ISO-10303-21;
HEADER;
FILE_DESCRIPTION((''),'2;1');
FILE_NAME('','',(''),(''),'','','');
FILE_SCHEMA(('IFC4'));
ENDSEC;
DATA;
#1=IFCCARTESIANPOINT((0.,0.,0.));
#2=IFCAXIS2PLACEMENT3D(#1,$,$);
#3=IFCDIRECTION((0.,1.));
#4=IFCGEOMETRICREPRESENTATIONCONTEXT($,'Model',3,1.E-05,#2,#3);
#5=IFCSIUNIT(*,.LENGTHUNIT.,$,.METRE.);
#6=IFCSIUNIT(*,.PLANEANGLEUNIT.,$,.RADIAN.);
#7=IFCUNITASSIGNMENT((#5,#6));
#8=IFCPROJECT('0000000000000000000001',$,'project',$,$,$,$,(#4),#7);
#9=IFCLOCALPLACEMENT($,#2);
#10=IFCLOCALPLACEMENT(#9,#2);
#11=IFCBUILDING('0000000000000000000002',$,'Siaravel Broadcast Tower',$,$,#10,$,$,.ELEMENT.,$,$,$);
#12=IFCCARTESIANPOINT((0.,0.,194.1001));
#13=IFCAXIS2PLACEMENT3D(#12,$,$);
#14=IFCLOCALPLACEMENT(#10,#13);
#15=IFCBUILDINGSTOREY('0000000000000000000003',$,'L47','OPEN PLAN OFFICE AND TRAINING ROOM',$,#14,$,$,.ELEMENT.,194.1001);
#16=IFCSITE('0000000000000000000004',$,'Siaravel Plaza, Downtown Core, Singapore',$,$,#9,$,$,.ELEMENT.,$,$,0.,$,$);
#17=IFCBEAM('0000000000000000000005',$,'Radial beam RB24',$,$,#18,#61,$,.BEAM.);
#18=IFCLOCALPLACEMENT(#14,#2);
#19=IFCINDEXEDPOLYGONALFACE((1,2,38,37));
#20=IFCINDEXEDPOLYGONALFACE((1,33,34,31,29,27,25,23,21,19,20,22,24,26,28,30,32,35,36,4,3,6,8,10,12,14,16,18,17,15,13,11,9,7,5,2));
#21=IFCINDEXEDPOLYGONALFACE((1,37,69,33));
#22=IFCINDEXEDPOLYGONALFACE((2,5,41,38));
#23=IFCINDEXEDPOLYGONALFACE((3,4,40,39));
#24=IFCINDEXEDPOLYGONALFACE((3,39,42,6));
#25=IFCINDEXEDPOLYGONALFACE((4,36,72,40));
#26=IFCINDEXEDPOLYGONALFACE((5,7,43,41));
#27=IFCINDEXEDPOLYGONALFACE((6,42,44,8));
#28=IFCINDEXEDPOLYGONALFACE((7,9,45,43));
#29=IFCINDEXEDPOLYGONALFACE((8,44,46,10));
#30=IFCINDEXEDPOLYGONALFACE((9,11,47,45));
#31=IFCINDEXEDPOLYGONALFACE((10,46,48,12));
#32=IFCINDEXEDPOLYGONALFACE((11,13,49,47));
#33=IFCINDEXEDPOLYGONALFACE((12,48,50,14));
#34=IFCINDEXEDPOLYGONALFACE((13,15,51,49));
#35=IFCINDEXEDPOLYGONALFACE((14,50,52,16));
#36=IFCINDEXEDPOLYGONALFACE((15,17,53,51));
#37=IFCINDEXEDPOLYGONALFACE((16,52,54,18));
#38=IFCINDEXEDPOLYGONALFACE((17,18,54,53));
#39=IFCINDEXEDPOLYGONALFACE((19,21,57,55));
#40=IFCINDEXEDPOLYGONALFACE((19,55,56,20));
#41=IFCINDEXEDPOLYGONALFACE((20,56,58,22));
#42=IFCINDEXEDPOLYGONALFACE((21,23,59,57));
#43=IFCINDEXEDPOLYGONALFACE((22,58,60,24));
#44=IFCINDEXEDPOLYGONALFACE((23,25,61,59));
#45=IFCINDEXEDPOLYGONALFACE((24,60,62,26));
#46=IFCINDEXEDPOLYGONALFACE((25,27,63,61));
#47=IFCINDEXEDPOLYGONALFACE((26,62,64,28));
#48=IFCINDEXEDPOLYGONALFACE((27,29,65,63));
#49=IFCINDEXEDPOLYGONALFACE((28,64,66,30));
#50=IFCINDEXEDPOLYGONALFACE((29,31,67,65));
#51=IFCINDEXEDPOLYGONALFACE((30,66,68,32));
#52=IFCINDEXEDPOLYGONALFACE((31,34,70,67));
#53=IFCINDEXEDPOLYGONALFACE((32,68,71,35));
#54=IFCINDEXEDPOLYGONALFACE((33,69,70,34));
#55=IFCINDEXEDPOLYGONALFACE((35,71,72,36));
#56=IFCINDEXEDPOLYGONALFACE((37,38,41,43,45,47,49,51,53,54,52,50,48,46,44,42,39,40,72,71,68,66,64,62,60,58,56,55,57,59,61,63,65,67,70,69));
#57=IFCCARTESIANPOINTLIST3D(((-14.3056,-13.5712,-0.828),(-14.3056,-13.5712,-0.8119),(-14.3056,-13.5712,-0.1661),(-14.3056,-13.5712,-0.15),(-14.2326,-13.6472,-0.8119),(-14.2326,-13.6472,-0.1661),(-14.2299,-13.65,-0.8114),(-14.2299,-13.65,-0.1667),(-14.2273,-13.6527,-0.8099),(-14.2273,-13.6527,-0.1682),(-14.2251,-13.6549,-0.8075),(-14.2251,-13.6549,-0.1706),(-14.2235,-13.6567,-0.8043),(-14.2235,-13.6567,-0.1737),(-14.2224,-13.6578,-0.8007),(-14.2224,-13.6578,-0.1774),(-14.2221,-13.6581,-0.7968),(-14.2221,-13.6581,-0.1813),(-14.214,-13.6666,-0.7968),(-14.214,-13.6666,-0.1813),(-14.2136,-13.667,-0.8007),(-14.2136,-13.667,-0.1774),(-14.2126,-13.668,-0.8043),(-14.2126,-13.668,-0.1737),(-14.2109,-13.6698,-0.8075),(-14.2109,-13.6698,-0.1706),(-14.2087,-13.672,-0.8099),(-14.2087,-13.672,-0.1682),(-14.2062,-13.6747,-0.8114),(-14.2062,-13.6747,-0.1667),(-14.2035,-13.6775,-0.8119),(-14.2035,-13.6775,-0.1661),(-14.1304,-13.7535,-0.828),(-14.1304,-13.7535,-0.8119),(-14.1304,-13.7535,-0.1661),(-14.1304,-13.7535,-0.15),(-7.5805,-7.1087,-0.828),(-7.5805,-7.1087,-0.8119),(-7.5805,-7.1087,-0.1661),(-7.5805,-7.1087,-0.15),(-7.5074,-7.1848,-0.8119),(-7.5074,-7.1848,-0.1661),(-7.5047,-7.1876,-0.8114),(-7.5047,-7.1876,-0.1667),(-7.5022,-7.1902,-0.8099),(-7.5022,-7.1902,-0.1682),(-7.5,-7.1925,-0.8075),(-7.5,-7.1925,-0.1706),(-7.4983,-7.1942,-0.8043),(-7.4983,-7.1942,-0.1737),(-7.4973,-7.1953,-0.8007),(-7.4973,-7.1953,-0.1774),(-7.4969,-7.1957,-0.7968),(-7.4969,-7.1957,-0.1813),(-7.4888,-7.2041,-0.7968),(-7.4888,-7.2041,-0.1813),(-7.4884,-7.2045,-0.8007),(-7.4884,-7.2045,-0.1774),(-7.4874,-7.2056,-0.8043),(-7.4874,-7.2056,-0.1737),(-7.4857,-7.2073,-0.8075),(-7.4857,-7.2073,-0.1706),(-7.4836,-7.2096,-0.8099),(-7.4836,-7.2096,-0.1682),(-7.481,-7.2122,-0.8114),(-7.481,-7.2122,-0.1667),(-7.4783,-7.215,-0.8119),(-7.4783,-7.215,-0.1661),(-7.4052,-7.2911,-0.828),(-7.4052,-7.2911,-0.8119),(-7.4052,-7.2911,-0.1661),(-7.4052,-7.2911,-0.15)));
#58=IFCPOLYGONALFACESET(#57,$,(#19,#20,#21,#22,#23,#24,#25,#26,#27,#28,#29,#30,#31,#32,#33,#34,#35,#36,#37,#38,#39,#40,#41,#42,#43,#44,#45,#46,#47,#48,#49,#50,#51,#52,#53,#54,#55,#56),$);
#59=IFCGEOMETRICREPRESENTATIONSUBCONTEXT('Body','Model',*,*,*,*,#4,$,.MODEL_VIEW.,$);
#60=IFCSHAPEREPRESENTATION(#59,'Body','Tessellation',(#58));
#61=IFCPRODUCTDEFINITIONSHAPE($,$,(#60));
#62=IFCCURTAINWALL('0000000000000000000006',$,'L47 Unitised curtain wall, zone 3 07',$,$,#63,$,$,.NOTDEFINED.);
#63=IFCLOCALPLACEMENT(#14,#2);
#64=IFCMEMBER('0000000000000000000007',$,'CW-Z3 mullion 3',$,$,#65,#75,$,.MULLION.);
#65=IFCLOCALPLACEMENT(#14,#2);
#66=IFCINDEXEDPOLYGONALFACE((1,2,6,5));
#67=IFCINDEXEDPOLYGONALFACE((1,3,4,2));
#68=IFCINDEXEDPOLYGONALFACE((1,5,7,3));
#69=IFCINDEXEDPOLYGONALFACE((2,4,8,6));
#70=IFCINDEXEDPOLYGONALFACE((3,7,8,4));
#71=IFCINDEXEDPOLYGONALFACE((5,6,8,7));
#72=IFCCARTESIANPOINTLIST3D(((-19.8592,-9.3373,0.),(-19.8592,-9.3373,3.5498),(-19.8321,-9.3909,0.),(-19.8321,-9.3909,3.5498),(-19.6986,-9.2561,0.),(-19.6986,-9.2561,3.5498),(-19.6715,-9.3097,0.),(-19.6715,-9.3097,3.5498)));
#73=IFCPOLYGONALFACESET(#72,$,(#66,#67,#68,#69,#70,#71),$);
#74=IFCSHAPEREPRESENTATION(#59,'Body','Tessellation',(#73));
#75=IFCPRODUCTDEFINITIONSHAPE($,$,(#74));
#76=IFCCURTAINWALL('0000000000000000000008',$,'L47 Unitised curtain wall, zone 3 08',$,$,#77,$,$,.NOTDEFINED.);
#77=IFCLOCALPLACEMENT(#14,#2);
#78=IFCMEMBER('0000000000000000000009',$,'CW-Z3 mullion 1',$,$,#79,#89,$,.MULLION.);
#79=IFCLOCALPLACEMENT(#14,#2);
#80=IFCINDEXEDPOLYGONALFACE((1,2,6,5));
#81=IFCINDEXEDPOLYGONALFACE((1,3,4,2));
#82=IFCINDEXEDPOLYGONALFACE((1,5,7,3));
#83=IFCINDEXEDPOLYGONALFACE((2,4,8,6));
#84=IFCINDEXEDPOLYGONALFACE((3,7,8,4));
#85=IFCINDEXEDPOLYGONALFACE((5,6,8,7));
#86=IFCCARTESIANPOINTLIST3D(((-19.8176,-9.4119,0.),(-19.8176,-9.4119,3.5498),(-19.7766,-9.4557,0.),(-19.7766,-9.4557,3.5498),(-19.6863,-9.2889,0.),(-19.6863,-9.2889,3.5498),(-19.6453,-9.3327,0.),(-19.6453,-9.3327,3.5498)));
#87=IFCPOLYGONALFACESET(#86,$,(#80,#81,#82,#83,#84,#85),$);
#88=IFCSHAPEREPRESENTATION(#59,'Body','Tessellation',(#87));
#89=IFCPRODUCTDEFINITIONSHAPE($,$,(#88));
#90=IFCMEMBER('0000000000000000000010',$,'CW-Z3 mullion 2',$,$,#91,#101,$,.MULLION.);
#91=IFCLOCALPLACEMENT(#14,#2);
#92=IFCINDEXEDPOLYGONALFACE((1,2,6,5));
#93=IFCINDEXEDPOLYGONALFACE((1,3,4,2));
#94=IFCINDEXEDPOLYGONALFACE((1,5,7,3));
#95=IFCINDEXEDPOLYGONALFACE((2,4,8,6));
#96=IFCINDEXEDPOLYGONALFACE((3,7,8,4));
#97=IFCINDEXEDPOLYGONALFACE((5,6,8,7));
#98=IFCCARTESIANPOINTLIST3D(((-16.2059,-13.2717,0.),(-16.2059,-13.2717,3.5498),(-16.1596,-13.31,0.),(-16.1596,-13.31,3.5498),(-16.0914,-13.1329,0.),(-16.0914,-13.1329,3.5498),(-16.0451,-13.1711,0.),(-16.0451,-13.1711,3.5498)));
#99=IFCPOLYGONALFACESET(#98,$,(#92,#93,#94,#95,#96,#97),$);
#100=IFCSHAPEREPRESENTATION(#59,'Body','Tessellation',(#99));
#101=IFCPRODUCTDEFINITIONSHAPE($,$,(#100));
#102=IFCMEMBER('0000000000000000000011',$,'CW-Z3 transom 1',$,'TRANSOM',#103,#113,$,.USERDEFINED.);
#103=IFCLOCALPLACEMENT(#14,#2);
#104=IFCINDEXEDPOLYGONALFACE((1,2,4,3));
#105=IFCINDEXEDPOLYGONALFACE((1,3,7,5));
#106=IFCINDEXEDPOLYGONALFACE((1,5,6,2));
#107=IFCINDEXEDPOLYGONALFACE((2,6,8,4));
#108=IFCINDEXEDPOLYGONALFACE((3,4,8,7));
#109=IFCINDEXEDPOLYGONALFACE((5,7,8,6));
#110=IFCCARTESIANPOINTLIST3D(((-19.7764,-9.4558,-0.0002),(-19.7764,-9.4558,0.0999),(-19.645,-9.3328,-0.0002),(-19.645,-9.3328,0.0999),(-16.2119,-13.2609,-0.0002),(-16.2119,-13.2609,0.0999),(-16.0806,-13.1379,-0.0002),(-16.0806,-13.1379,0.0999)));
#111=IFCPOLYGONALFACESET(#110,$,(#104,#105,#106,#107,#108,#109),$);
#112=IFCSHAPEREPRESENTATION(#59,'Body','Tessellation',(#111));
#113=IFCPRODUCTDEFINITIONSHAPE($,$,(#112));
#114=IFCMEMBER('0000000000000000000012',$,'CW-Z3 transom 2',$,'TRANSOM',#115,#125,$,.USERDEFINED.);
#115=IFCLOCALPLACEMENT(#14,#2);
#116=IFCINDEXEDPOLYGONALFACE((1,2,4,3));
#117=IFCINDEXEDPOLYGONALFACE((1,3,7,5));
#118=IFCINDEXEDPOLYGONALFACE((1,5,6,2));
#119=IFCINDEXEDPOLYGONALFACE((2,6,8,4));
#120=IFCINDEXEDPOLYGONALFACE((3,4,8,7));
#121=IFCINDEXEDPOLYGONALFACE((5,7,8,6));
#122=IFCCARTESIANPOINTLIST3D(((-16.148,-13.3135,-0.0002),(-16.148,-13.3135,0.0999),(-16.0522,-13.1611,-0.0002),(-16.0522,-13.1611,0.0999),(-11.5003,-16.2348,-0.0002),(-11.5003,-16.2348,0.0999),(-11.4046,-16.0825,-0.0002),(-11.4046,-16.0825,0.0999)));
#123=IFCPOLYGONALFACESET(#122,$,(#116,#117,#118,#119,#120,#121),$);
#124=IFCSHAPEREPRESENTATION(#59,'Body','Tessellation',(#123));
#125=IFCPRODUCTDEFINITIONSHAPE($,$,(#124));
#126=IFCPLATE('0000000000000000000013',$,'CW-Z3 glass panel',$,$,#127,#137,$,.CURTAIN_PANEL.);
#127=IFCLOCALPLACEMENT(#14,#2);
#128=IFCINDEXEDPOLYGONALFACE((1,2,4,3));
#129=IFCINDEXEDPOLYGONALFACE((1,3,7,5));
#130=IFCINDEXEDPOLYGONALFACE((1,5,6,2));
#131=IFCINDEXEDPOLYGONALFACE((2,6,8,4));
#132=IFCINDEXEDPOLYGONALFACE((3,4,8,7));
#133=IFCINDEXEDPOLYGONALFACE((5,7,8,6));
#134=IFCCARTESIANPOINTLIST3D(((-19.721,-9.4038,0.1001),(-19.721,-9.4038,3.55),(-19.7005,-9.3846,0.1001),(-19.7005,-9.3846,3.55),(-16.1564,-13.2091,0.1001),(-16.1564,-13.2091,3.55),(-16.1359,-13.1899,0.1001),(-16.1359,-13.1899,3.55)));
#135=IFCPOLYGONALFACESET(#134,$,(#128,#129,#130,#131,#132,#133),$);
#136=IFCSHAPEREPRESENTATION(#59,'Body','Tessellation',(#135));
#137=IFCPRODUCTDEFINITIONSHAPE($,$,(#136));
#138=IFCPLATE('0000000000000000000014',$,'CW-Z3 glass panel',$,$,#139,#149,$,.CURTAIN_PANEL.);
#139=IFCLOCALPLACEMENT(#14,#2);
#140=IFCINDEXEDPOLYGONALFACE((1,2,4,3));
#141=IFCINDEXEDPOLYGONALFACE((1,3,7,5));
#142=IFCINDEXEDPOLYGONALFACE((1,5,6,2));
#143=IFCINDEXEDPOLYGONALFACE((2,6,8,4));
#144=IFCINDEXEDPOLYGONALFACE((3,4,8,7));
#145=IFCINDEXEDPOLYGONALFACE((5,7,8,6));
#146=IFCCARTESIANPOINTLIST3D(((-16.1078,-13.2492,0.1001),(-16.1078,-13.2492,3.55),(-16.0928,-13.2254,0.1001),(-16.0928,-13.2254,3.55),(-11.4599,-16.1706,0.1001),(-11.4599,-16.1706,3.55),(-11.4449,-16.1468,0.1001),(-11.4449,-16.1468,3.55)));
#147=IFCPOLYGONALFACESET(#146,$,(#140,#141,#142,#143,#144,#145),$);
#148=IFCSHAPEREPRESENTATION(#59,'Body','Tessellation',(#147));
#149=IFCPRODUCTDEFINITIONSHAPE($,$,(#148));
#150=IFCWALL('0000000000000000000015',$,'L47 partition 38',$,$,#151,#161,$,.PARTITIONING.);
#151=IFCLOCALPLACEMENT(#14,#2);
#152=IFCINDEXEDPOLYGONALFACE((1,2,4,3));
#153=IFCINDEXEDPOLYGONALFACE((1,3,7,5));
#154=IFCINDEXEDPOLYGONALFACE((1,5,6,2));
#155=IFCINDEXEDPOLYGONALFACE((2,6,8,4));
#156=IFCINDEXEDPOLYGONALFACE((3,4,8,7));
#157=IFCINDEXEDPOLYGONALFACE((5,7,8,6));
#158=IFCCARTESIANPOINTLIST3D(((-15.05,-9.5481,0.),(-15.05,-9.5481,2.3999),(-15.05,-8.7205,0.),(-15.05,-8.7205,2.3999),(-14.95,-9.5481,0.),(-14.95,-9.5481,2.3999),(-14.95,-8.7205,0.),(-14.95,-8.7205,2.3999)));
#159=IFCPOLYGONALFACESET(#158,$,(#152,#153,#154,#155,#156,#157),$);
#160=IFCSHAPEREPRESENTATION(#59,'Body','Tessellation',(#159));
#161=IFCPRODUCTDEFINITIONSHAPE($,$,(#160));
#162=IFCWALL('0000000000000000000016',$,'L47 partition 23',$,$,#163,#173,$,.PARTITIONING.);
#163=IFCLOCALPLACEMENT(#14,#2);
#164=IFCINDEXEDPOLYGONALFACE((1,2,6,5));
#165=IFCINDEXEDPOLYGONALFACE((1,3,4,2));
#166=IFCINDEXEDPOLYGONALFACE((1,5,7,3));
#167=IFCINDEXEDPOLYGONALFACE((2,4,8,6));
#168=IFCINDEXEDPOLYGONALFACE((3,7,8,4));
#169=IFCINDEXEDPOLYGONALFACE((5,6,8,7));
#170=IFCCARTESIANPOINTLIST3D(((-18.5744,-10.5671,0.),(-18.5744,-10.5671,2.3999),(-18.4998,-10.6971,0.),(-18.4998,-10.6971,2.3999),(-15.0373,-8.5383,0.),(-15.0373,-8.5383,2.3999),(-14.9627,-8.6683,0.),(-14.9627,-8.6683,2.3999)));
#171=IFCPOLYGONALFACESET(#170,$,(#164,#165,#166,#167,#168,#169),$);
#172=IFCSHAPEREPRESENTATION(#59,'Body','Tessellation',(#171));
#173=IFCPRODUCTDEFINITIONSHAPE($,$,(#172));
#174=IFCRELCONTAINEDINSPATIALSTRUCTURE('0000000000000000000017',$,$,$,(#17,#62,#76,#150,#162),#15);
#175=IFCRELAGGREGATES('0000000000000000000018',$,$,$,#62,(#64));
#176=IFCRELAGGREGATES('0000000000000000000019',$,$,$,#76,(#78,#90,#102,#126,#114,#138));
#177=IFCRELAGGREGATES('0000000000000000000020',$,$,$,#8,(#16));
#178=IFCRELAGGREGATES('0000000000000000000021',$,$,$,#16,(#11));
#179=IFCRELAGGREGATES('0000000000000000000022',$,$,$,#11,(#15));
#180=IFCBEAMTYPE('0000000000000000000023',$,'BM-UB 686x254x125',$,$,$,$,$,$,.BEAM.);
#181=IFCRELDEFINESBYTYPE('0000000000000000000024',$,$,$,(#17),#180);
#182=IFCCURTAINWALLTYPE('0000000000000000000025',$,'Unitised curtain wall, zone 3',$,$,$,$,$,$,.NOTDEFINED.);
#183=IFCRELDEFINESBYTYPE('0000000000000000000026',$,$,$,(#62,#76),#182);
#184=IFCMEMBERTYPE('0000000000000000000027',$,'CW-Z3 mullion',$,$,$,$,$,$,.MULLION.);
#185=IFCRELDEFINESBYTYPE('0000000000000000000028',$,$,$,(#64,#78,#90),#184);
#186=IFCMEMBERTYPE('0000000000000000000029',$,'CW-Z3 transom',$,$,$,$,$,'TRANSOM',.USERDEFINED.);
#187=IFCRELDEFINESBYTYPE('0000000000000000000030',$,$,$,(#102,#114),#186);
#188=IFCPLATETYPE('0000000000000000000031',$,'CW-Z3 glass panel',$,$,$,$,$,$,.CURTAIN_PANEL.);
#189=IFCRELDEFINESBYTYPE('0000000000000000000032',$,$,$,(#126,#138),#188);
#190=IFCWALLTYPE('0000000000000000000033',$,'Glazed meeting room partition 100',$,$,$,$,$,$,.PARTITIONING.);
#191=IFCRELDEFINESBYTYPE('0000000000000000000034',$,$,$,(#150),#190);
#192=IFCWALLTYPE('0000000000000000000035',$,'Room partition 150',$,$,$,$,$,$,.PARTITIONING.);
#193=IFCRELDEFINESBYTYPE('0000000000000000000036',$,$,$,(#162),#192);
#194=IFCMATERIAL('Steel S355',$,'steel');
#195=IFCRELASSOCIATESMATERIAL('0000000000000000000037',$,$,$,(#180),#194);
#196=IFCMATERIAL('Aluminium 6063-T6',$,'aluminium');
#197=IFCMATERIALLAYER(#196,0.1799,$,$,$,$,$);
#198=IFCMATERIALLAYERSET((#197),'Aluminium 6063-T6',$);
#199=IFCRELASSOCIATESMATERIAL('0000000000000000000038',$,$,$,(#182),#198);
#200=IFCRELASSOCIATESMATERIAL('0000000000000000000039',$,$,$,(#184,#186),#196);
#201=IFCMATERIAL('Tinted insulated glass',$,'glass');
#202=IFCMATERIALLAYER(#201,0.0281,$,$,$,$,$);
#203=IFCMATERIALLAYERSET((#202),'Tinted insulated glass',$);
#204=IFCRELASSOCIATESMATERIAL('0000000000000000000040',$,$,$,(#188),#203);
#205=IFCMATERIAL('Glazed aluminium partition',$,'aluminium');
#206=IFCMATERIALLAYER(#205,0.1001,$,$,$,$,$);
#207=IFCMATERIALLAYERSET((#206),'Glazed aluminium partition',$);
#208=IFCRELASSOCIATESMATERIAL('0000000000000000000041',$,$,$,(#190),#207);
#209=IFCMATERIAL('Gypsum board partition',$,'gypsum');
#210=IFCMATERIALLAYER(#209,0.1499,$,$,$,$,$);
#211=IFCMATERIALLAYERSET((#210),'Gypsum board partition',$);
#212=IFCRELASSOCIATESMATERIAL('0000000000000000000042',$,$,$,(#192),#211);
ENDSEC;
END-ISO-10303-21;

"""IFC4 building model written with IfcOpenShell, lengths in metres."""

from ifc_helpers import new_model, si_unit, direction, frame, frame_2d, origin, origin_2d, place, context, subcontext, project, spatial, rectangle, i_section, extrude, material, layer, layer_set, material_profile, profile_set, type_object, element, aggregate, save


model = new_model("IFC4")

# Units and contexts
model_context = context("Model", 3, precision=1e-05, world=origin(), true_north=direction((0.0, 1.0)))
body_context = subcontext(model_context, "Body", "Model", "MODEL_VIEW")
ifc_project = project(units=[si_unit("LENGTHUNIT", "METRE"), si_unit("PLANEANGLEUNIT", "RADIAN")], contexts=[model_context])

# Site, building, storey
site_placement = place(None, origin())
site = spatial("IfcSite", under=ifc_project, at=site_placement, Name="Siaravel Plaza, Downtown Core, Singapore", CompositionType="ELEMENT", RefElevation=0.0)
building_placement = place(site_placement, origin())
building = spatial("IfcBuilding", under=site, at=building_placement, Name="Siaravel Broadcast Tower", CompositionType="ELEMENT")
storey_placement = place(building_placement, frame((0.0, 0.0, 194.1001)))
storey = spatial("IfcBuildingStorey", under=building, at=storey_placement, Name="L47", Description="OPEN PLAN OFFICE AND TRAINING ROOM", CompositionType="ELEMENT", Elevation=194.1001)

# Beam
ifc_material_1 = material(Name="Steel S355", Category="steel")
ifc_material_profile_1 = material_profile(ifc_material_1, i_section(OverallWidth=0.2529, OverallDepth=0.678, WebThickness=0.0117, FlangeThickness=0.0161, FilletRadius=0.0151, at=origin_2d()))
ifc_profile_set_1 = profile_set([ifc_material_profile_1], Name="Steel S355")
beam_type = type_object("IfcBeamType", Name="BM-UB 686x254x125", PredefinedType="BEAM", material=ifc_profile_set_1)
beam_1_placement = place(storey_placement, frame((-14.218, -13.6624, -0.489), z_axis=(0.721049, 0.692884, 0.0), x_axis=(-0.692884, 0.721049, 0.0)))
element("IfcBeam", 1, at=beam_1_placement, inside=storey, type_object=beam_type, Name="Radial beam RB24", PredefinedType="BEAM", context=body_context, shape_type="SweptSolid", body=[
    extrude(i_section(OverallWidth=0.2529, OverallDepth=0.678, WebThickness=0.0117, FlangeThickness=0.0161, FilletRadius=0.0151, at=origin_2d()), origin(), (0.0, 0.0, 1.0), 9.3269),
])

# Curtain wall, member
ifc_material_2 = material(Name="Aluminium 6063-T6", Category="aluminium")
ifc_layer_1 = layer(ifc_material_2, 0.1799)
ifc_layer_set_1 = layer_set([ifc_layer_1], Name="Aluminium 6063-T6")
curtain_wall_type = type_object("IfcCurtainWallType", Name="Unitised curtain wall, zone 3", PredefinedType="NOTDEFINED", material=ifc_layer_set_1)
curtain_wall_1_placement = place(storey_placement, origin())
curtain_wall_1 = element("IfcCurtainWall", 2, at=curtain_wall_1_placement, inside=storey, type_object=curtain_wall_type, Name="L47 Unitised curtain wall, zone 3 07", PredefinedType="NOTDEFINED")
ifc_material_profile_2 = material_profile(ifc_material_2, rectangle(XDim=0.1799, YDim=0.0601, at=origin_2d()))
ifc_profile_set_2 = profile_set([ifc_material_profile_2], Name="Aluminium 6063-T6")
member_type_1 = type_object("IfcMemberType", Name="CW-Z3 mullion", PredefinedType="MULLION", material=ifc_profile_set_2)
member_1_placement = place(storey_placement, frame((-19.7654, -9.3235, 0.0), z_axis=(0.0, 0.0, 1.0), x_axis=(0.892392, 0.451261, 0.0)))
member_1 = element("IfcMember", 3, at=member_1_placement, type_object=member_type_1, Name="CW-Z3 mullion 3", PredefinedType="MULLION", context=body_context, shape_type="SweptSolid", body=[
    extrude(rectangle(XDim=0.1799, YDim=0.0601, at=origin_2d()), origin(), (0.0, 0.0, 1.0), 3.5498),
])
aggregate(curtain_wall_1, [member_1])

# Curtain wall, members, plates
curtain_wall_2_placement = place(storey_placement, origin())
curtain_wall_2 = element("IfcCurtainWall", 4, at=curtain_wall_2_placement, inside=storey, type_object=curtain_wall_type, Name="L47 Unitised curtain wall, zone 3 08", PredefinedType="NOTDEFINED")
member_2_placement = place(storey_placement, frame((-19.7314, -9.3723, 0.0), z_axis=(0.0, 0.0, 1.0), x_axis=(0.729805, 0.683655, 0.0)))
member_2 = element("IfcMember", 5, at=member_2_placement, type_object=member_type_1, Name="CW-Z3 mullion 1", PredefinedType="MULLION", context=body_context, shape_type="SweptSolid", body=[
    extrude(rectangle(XDim=0.1799, YDim=0.0601, at=origin_2d()), origin(), (0.0, 0.0, 1.0), 3.5498),
])
member_3_placement = place(storey_placement, frame((-16.1255, -13.2214, 0.0), z_axis=(0.0, 0.0, 1.0), x_axis=(0.636219, 0.771509, 0.0)))
member_3 = element("IfcMember", 6, at=member_3_placement, type_object=member_type_1, Name="CW-Z3 mullion 2", PredefinedType="MULLION", context=body_context, shape_type="SweptSolid", body=[
    extrude(rectangle(XDim=0.1799, YDim=0.0601, at=origin_2d()), origin(), (0.0, 0.0, 1.0), 3.5498),
])
ifc_material_profile_3 = material_profile(ifc_material_2, rectangle(XDim=0.1799, YDim=0.1001, at=origin_2d()))
ifc_profile_set_3 = profile_set([ifc_material_profile_3], Name="Aluminium 6063-T6")
member_type_2 = type_object("IfcMemberType", Name="CW-Z3 transom", ElementType="TRANSOM", PredefinedType="USERDEFINED", material=ifc_profile_set_3)
member_4_placement = place(storey_placement, frame((-19.7107, -9.3943, 0.0498), z_axis=(0.683645, -0.729815, 0.0), x_axis=(0.729815, 0.683645, 0.0)))
member_4 = element("IfcMember", 7, at=member_4_placement, type_object=member_type_2, Name="CW-Z3 transom 1", ObjectType="TRANSOM", PredefinedType="USERDEFINED", context=body_context, shape_type="SweptSolid", body=[
    extrude(rectangle(XDim=0.1799, YDim=0.1001, at=origin_2d()), origin(), (0.0, 0.0, 1.0), 5.2139),
])
member_5_placement = place(storey_placement, frame((-16.1001, -13.2373, 0.0498), z_axis=(0.846639, -0.532168, 0.0), x_axis=(0.532168, 0.846639, 0.0)))
member_5 = element("IfcMember", 8, at=member_5_placement, type_object=member_type_2, Name="CW-Z3 transom 2", ObjectType="TRANSOM", PredefinedType="USERDEFINED", context=body_context, shape_type="SweptSolid", body=[
    extrude(rectangle(XDim=0.1799, YDim=0.1001, at=origin_2d()), origin(), (0.0, 0.0, 1.0), 5.4895),
])
ifc_material_3 = material(Name="Tinted insulated glass", Category="glass")
ifc_layer_2 = layer(ifc_material_3, 0.0281)
ifc_layer_set_2 = layer_set([ifc_layer_2], Name="Tinted insulated glass")
plate_type = type_object("IfcPlateType", Name="CW-Z3 glass panel", PredefinedType="CURTAIN_PANEL", material=ifc_layer_set_2)
plate_1_placement = place(storey_placement, frame((-17.9285, -11.2969, 0.1001), z_axis=(0.0, 0.0, 1.0), x_axis=(0.683655, -0.729805, 0.0)))
plate_1 = element("IfcPlate", 9, at=plate_1_placement, type_object=plate_type, Name="CW-Z3 glass panel", PredefinedType="CURTAIN_PANEL", context=body_context, shape_type="SweptSolid", body=[
    extrude(rectangle(XDim=5.2141, YDim=0.0281, at=origin_2d()), origin(), (0.0, 0.0, 1.0), 3.45),
])
plate_2_placement = place(storey_placement, frame((-13.7764, -14.698, 0.1001), z_axis=(0.0, 0.0, 1.0), x_axis=(0.846651, -0.532149, 0.0)))
plate_2 = element("IfcPlate", 10, at=plate_2_placement, type_object=plate_type, Name="CW-Z3 glass panel", PredefinedType="CURTAIN_PANEL", context=body_context, shape_type="SweptSolid", body=[
    extrude(rectangle(XDim=5.4897, YDim=0.0281, at=origin_2d()), origin(), (0.0, 0.0, 1.0), 3.45),
])
aggregate(curtain_wall_2, [member_2, member_3, member_4, plate_1, member_5, plate_2])

# Shared definitions
ifc_material_4 = material(Name="Glazed aluminium partition", Category="aluminium")
ifc_layer_3 = layer(ifc_material_4, 0.1001)
ifc_layer_set_3 = layer_set([ifc_layer_3], Name="Glazed aluminium partition")
wall_type_1 = type_object("IfcWallType", Name="Glazed meeting room partition 100", PredefinedType="PARTITIONING", material=ifc_layer_set_3)

# Walls
wall_1_placement = place(storey_placement, frame((-15.0, -8.7205, 0.0), z_axis=(0.0, 0.0, 1.0), x_axis=(0.0, -1.0, 0.0)))
element("IfcWall", 11, at=wall_1_placement, inside=storey, type_object=wall_type_1, Name="L47 partition 38", PredefinedType="PARTITIONING", context=body_context, shape_type="SweptSolid", body=[
    extrude(rectangle(XDim=0.8276, YDim=0.1001, at=frame_2d((0.4138, 0.0))), origin(), (0.0, 0.0, 1.0), 2.3999),
])
ifc_material_5 = material(Name="Gypsum board partition", Category="gypsum")
ifc_layer_4 = layer(ifc_material_5, 0.1499)
ifc_layer_set_4 = layer_set([ifc_layer_4], Name="Gypsum board partition")
wall_type_2 = type_object("IfcWallType", Name="Room partition 150", PredefinedType="PARTITIONING", material=ifc_layer_set_4)
wall_2_placement = place(storey_placement, frame((-18.5371, -10.6321, 0.0), z_axis=(0.0, 0.0, 1.0), x_axis=(0.867439, 0.497544, 0.0)))
element("IfcWall", 12, at=wall_2_placement, inside=storey, type_object=wall_type_2, Name="L47 partition 23", PredefinedType="PARTITIONING", context=body_context, shape_type="SweptSolid", body=[
    extrude(rectangle(XDim=4.0776, YDim=0.1499, at=frame_2d((2.0388, 0.0))), origin(), (0.0, 0.0, 1.0), 2.3999),
])

save(model, "model.ifc")
